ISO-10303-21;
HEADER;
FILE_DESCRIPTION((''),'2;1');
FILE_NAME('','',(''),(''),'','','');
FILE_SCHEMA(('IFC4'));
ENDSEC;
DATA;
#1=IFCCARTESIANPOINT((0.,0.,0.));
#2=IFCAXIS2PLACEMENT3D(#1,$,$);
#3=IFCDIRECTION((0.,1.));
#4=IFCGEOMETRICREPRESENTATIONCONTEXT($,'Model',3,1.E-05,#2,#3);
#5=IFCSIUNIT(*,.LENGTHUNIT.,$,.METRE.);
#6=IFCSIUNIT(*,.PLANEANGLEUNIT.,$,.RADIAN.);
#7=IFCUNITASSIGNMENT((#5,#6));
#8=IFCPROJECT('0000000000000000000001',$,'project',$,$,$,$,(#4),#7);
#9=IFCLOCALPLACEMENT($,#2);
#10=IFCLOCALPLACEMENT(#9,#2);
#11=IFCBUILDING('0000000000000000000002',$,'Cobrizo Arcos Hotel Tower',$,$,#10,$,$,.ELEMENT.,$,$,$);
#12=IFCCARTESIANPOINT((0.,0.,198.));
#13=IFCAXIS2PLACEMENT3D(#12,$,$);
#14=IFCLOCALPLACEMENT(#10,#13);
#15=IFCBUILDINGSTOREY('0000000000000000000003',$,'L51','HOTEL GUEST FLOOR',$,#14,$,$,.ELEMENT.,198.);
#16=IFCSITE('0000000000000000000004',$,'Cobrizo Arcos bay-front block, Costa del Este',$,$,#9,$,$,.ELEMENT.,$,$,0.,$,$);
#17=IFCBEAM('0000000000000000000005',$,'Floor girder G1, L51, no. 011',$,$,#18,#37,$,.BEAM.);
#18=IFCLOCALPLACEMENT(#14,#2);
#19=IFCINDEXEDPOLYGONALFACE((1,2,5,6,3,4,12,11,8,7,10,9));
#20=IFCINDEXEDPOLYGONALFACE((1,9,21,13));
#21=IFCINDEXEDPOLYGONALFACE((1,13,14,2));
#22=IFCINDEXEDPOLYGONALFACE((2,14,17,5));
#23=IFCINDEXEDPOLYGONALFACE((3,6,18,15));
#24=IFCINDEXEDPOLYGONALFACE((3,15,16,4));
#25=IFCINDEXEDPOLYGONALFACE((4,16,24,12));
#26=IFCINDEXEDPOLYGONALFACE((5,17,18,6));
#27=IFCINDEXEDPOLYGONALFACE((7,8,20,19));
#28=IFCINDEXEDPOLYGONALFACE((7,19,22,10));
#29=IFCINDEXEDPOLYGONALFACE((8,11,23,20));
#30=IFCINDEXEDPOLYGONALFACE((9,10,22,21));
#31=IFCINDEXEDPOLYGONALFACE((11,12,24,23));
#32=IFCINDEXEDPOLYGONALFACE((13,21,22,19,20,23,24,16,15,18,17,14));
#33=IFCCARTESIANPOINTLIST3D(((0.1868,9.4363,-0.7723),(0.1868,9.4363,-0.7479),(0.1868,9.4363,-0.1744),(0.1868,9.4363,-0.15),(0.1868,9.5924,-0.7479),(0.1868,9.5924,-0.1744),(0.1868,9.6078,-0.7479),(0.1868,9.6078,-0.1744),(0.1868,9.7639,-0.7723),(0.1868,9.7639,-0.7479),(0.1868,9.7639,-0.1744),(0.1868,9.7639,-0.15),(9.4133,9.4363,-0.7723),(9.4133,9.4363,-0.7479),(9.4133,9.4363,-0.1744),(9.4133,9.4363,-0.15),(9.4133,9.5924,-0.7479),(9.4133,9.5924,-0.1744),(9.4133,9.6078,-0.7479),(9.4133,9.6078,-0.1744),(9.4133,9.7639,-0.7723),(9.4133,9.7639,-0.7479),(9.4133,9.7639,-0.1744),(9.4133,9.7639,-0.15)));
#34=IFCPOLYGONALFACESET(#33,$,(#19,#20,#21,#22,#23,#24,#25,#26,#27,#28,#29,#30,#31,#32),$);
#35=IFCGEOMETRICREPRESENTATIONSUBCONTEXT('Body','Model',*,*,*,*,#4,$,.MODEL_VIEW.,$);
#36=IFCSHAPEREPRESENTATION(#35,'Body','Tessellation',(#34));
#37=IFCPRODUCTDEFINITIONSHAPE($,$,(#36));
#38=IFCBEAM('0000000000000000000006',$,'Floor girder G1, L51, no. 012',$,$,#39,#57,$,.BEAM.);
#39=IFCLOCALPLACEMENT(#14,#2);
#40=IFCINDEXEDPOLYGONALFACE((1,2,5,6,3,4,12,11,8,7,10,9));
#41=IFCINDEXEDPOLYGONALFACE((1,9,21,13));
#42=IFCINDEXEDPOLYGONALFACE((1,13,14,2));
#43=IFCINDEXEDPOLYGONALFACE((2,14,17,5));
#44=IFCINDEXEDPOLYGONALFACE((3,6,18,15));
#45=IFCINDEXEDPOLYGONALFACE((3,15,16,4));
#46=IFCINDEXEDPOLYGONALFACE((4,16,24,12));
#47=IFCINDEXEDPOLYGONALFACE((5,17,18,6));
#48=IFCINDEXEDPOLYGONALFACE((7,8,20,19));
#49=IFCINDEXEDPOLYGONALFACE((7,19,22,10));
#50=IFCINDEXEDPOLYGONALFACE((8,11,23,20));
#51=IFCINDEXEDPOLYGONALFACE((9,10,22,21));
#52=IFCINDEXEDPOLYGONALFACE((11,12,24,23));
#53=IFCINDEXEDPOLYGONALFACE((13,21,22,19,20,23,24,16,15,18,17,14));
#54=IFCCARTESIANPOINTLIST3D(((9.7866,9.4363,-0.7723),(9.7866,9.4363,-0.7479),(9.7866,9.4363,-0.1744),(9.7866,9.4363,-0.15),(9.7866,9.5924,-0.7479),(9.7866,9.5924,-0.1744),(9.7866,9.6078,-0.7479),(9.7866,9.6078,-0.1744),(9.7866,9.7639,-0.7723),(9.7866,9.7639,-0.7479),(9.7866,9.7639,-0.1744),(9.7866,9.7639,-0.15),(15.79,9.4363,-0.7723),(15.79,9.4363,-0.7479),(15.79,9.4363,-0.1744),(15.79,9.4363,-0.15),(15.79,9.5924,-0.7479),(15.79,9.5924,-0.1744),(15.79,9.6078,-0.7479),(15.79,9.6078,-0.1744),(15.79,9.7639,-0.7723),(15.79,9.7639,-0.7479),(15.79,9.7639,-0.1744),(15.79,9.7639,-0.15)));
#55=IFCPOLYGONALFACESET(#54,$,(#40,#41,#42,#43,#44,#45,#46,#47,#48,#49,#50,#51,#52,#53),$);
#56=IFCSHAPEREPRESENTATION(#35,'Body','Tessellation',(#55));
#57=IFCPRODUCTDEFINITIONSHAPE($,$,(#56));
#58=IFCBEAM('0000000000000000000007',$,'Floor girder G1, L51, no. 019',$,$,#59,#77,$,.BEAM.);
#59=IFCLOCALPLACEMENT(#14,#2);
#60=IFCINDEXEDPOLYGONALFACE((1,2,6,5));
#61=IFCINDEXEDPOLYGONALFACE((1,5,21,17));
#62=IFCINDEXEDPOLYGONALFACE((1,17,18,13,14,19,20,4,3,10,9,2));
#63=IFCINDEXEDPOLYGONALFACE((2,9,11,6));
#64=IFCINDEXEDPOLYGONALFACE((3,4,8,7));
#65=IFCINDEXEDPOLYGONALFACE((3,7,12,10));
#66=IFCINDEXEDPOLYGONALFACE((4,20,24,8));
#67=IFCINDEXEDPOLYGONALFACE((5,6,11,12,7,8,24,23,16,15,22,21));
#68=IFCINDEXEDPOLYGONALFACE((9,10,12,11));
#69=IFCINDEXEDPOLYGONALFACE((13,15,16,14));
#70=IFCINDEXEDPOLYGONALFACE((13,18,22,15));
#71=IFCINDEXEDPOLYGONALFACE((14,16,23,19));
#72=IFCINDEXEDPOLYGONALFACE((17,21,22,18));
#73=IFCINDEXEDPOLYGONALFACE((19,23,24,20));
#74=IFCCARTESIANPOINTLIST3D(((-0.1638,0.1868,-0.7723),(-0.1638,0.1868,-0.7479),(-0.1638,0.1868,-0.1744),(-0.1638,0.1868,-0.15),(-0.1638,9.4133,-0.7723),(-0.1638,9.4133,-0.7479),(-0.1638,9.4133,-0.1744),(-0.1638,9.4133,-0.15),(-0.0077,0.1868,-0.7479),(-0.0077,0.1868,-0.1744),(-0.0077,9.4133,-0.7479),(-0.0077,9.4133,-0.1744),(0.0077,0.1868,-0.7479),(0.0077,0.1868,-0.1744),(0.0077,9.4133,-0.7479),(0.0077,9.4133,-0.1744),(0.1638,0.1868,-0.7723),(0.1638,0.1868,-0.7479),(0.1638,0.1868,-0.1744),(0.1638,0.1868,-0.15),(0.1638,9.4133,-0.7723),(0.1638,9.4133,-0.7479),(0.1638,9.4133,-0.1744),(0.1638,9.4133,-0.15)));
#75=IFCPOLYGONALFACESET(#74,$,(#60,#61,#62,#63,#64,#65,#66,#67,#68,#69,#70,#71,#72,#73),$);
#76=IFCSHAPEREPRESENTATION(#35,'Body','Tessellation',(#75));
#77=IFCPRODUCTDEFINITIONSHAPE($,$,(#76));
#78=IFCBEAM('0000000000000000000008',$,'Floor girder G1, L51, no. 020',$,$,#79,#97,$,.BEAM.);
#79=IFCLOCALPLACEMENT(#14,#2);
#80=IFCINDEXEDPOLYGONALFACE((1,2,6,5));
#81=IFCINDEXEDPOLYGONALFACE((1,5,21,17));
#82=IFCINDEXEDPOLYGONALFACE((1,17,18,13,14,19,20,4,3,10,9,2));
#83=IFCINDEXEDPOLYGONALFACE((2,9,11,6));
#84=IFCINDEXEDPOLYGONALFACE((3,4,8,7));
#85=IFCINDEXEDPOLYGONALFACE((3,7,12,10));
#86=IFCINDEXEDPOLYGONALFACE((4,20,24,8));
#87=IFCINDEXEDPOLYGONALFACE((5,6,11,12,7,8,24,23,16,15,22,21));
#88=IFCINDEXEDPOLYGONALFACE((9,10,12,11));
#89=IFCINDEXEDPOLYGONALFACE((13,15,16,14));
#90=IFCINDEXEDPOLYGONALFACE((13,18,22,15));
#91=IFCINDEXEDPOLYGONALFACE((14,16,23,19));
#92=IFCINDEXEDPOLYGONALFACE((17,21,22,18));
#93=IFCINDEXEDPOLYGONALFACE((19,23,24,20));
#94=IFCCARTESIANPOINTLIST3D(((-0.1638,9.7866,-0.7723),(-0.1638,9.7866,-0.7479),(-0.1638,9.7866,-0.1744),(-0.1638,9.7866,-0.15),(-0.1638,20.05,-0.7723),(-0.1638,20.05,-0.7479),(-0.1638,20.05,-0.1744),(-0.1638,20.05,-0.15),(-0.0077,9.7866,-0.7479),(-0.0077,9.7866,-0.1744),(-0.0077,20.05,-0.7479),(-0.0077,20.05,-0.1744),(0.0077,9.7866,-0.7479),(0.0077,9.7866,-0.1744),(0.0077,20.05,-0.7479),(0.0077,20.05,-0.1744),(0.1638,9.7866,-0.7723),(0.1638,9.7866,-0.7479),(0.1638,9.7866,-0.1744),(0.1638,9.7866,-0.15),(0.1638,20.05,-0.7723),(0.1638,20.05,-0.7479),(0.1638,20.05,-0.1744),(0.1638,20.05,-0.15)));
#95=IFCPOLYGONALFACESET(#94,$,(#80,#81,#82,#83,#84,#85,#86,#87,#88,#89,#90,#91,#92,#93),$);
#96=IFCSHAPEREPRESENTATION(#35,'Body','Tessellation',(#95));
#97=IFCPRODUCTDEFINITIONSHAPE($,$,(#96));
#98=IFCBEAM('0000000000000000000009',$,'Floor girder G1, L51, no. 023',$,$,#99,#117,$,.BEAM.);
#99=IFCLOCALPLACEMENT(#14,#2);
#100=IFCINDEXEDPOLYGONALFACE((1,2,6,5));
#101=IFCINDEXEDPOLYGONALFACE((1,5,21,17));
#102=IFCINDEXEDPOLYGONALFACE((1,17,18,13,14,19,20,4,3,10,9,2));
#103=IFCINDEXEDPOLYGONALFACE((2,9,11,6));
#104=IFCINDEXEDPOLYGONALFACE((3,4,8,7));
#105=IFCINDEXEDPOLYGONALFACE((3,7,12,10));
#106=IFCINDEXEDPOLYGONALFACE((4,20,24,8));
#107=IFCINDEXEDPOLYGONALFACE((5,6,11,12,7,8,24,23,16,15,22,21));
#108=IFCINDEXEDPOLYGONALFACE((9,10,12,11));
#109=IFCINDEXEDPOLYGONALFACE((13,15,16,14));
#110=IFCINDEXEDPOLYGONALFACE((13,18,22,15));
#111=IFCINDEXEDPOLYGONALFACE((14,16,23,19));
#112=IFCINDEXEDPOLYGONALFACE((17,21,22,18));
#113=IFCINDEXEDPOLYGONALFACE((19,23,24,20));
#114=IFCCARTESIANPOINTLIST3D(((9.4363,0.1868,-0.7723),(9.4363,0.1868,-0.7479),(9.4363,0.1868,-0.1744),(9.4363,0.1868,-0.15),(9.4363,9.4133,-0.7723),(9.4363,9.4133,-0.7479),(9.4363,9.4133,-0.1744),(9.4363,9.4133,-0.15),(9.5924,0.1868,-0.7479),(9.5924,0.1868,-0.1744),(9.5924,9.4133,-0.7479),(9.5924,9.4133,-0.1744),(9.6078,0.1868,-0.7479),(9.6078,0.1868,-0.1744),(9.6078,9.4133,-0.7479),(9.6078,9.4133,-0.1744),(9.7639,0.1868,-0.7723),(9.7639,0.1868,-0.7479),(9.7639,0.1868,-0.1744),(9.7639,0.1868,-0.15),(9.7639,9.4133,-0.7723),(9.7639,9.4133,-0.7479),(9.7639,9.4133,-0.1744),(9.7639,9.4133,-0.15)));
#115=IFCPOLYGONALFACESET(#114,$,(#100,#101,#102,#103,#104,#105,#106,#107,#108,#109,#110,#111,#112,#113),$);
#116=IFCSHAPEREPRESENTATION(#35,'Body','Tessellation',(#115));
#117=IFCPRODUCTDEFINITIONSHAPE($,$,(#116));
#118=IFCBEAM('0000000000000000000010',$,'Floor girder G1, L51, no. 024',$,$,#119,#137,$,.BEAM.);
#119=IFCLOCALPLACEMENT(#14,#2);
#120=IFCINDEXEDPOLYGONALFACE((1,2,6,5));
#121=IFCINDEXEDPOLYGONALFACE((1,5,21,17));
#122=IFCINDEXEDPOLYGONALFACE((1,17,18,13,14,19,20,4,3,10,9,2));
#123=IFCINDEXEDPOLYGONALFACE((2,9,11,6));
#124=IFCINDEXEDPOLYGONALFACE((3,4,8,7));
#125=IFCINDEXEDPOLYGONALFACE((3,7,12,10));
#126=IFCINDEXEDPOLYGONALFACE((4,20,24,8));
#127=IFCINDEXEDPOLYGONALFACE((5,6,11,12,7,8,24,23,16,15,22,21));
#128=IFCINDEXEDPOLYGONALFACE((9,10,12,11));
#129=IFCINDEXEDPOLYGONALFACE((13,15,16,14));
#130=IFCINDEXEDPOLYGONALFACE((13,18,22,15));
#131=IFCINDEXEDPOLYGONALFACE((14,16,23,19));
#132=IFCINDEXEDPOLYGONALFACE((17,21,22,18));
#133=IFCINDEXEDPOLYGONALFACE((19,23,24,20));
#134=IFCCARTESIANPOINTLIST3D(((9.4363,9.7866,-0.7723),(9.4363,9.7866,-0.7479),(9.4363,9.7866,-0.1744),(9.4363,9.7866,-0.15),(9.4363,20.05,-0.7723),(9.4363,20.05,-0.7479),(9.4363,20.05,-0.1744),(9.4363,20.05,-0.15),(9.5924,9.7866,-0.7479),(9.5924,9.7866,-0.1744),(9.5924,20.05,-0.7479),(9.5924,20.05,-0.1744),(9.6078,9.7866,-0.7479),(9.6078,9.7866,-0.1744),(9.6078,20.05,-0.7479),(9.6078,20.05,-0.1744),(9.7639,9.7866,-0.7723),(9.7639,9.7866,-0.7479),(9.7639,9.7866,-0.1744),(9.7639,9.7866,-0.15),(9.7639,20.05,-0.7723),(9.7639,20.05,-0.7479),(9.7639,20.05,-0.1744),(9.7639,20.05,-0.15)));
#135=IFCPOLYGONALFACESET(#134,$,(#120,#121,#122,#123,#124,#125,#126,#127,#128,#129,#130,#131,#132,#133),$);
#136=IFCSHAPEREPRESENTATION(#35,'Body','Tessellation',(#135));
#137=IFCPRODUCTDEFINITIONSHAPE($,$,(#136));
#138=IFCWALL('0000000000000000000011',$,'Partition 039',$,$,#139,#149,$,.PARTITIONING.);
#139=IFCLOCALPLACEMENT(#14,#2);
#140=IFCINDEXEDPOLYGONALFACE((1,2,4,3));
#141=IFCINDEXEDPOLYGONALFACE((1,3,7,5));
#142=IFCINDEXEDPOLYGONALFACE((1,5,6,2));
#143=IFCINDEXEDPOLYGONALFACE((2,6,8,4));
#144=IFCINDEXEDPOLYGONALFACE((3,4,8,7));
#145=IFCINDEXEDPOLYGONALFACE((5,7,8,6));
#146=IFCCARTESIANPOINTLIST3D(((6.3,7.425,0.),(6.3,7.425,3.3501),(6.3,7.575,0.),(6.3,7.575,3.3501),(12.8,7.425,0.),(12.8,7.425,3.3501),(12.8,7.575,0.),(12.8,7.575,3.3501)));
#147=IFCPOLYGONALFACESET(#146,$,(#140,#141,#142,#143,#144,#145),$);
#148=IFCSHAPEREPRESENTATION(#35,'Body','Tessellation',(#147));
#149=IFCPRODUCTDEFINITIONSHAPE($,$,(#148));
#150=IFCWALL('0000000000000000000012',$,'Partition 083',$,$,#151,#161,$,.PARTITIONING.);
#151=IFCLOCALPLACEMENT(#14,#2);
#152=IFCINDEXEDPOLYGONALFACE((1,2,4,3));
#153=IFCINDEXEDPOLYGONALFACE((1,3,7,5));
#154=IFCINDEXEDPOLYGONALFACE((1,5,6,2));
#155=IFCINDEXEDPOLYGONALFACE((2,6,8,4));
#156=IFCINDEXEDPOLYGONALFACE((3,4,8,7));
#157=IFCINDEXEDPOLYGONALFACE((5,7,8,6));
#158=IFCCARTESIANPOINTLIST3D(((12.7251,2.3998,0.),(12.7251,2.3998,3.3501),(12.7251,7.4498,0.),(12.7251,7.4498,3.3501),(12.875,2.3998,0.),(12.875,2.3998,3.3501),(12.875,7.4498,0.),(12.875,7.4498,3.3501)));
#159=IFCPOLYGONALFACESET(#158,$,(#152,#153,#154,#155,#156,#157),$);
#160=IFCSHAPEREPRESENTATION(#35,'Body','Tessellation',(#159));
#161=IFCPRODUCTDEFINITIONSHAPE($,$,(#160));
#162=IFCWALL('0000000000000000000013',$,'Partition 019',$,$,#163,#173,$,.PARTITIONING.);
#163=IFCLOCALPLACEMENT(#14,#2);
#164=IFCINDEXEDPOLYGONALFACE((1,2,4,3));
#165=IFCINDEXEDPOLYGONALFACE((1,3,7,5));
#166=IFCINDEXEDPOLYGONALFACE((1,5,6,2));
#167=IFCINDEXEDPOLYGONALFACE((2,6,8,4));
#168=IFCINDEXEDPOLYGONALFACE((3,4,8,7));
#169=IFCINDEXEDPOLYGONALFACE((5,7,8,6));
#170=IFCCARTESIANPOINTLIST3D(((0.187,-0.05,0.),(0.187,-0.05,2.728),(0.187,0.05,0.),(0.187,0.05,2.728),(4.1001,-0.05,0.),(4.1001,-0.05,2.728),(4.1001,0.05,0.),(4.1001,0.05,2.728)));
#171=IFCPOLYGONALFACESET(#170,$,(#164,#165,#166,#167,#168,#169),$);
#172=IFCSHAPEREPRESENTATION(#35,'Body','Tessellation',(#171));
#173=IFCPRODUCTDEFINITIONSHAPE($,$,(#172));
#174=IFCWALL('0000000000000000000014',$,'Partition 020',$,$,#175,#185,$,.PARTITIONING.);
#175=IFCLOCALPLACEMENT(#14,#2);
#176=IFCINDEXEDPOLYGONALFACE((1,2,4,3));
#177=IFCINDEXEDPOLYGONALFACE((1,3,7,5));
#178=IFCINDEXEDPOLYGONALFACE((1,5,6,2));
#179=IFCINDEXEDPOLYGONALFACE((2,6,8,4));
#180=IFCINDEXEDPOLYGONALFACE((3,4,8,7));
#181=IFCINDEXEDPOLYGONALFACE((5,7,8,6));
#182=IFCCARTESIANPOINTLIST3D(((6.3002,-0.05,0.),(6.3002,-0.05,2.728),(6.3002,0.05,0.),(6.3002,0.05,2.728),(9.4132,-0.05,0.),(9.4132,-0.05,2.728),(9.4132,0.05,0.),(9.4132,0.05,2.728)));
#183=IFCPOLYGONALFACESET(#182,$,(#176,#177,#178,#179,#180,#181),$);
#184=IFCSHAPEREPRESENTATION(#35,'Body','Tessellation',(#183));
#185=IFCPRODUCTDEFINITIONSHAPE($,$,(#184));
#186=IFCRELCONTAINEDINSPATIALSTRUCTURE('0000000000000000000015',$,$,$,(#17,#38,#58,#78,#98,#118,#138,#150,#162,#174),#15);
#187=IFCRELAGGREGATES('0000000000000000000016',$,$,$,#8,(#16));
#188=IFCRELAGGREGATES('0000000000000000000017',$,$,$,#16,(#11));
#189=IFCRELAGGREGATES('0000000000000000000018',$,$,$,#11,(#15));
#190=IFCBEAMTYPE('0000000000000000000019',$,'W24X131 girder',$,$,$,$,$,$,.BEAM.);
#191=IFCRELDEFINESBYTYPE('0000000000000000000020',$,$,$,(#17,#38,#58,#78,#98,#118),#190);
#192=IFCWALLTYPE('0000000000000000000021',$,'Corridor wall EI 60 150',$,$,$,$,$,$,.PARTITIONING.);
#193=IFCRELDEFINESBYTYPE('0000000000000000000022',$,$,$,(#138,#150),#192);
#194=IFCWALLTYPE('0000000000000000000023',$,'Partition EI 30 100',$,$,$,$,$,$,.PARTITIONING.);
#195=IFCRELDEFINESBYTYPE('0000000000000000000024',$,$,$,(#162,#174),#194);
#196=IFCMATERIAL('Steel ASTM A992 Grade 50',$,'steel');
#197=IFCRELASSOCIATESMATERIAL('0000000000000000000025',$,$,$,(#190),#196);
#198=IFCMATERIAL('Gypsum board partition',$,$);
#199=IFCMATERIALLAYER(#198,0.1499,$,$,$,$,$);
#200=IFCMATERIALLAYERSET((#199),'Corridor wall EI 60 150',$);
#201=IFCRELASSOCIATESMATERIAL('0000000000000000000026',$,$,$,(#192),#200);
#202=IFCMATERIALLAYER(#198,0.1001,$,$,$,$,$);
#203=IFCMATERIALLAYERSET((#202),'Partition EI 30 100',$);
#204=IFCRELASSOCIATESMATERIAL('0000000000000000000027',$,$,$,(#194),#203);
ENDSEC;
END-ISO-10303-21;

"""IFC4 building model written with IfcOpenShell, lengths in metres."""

from ifc_helpers import new_model, si_unit, direction, frame, frame_2d, origin, origin_2d, place, context, subcontext, project, spatial, rectangle, i_section, extrude, material, layer, layer_set, material_profile, profile_set, type_object, element, save


model = new_model("IFC4")

# Units and contexts
model_context = context("Model", 3, precision=1e-05, world=origin(), true_north=direction((0.0, 1.0)))
body_context = subcontext(model_context, "Body", "Model", "MODEL_VIEW")
ifc_project = project(units=[si_unit("LENGTHUNIT", "METRE"), si_unit("PLANEANGLEUNIT", "RADIAN")], contexts=[model_context])

# Site, building, storey
site_placement = place(None, origin())
site = spatial("IfcSite", under=ifc_project, at=site_placement, Name="Cobrizo Arcos bay-front block, Costa del Este", CompositionType="ELEMENT", RefElevation=0.0)
building_placement = place(site_placement, origin())
building = spatial("IfcBuilding", under=site, at=building_placement, Name="Cobrizo Arcos Hotel Tower", CompositionType="ELEMENT")
storey_placement = place(building_placement, frame((0.0, 0.0, 198.0)))
storey = spatial("IfcBuildingStorey", under=building, at=storey_placement, Name="L51", Description="HOTEL GUEST FLOOR", CompositionType="ELEMENT", Elevation=198.0)

# Shared definitions
ifc_material_1 = material(Name="Steel ASTM A992 Grade 50", Category="steel")

# Beams
ifc_material_profile_1 = material_profile(ifc_material_1, i_section(OverallWidth=0.3276, OverallDepth=0.6223, WebThickness=0.0154, FlangeThickness=0.0244, at=origin_2d()), Name="W24X131")
ifc_profile_set_1 = profile_set([ifc_material_profile_1], Name="Steel ASTM A992 Grade 50")
beam_type_1 = type_object("IfcBeamType", Name="W24X131 girder", PredefinedType="BEAM", material=ifc_profile_set_1)
beam_1_placement = place(storey_placement, frame((0.1868, 9.6001, -0.4612), z_axis=(1.0, 0.0, 0.0), x_axis=(0.0, 1.0, 0.0)))
element("IfcBeam", 1, at=beam_1_placement, inside=storey, type_object=beam_type_1, Name="Floor girder G1, L51, no. 011", PredefinedType="BEAM", context=body_context, shape_type="SweptSolid", body=[
    extrude(i_section(OverallWidth=0.3276, OverallDepth=0.6223, WebThickness=0.0154, FlangeThickness=0.0244, at=origin_2d()), origin(), (0.0, 0.0, 1.0), 9.2266),
])
beam_2_placement = place(storey_placement, frame((9.7866, 9.6001, -0.4612), z_axis=(1.0, 0.0, 0.0), x_axis=(0.0, 1.0, 0.0)))
element("IfcBeam", 2, at=beam_2_placement, inside=storey, type_object=beam_type_1, Name="Floor girder G1, L51, no. 012", PredefinedType="BEAM", context=body_context, shape_type="SweptSolid", body=[
    extrude(i_section(OverallWidth=0.3276, OverallDepth=0.6223, WebThickness=0.0154, FlangeThickness=0.0244, at=origin_2d()), origin(), (0.0, 0.0, 1.0), 6.0034),
])
beam_3_placement = place(storey_placement, frame((0.0, 0.1868, -0.4612), z_axis=(0.0, 1.0, 0.0), x_axis=(-1.0, 0.0, 0.0)))
element("IfcBeam", 3, at=beam_3_placement, inside=storey, type_object=beam_type_1, Name="Floor girder G1, L51, no. 019", PredefinedType="BEAM", context=body_context, shape_type="SweptSolid", body=[
    extrude(i_section(OverallWidth=0.3276, OverallDepth=0.6223, WebThickness=0.0154, FlangeThickness=0.0244, at=origin_2d()), origin(), (0.0, 0.0, 1.0), 9.2266),
])
beam_4_placement = place(storey_placement, frame((0.0, 9.7866, -0.4612), z_axis=(0.0, 1.0, 0.0), x_axis=(-1.0, 0.0, 0.0)))
element("IfcBeam", 4, at=beam_4_placement, inside=storey, type_object=beam_type_1, Name="Floor girder G1, L51, no. 020", PredefinedType="BEAM", context=body_context, shape_type="SweptSolid", body=[
    extrude(i_section(OverallWidth=0.3276, OverallDepth=0.6223, WebThickness=0.0154, FlangeThickness=0.0244, at=origin_2d()), origin(), (0.0, 0.0, 1.0), 10.2634),
])
beam_5_placement = place(storey_placement, frame((9.6001, 0.1868, -0.4612), z_axis=(0.0, 1.0, 0.0), x_axis=(-1.0, 0.0, 0.0)))
element("IfcBeam", 5, at=beam_5_placement, inside=storey, type_object=beam_type_1, Name="Floor girder G1, L51, no. 023", PredefinedType="BEAM", context=body_context, shape_type="SweptSolid", body=[
    extrude(i_section(OverallWidth=0.3276, OverallDepth=0.6223, WebThickness=0.0154, FlangeThickness=0.0244, at=origin_2d()), origin(), (0.0, 0.0, 1.0), 9.2266),
])
beam_6_placement = place(storey_placement, frame((9.6001, 9.7866, -0.4612), z_axis=(0.0, 1.0, 0.0), x_axis=(-1.0, 0.0, 0.0)))
element("IfcBeam", 6, at=beam_6_placement, inside=storey, type_object=beam_type_1, Name="Floor girder G1, L51, no. 024", PredefinedType="BEAM", context=body_context, shape_type="SweptSolid", body=[
    extrude(i_section(OverallWidth=0.3276, OverallDepth=0.6223, WebThickness=0.0154, FlangeThickness=0.0244, at=origin_2d()), origin(), (0.0, 0.0, 1.0), 10.2634),
])

# Walls
ifc_material_2 = material(Name="Gypsum board partition")
ifc_layer_1 = layer(ifc_material_2, 0.1499)
ifc_layer_set_1 = layer_set([ifc_layer_1], Name="Corridor wall EI 60 150")
wall_type_1 = type_object("IfcWallType", Name="Corridor wall EI 60 150", PredefinedType="PARTITIONING", material=ifc_layer_set_1)
wall_1_placement = place(storey_placement, frame((6.3, 7.5, 0.0), z_axis=(0.0, 0.0, 1.0), x_axis=(1.0, 0.0, 0.0)))
element("IfcWall", 7, at=wall_1_placement, inside=storey, type_object=wall_type_1, Name="Partition 039", PredefinedType="PARTITIONING", context=body_context, shape_type="SweptSolid", body=[
    extrude(rectangle(XDim=6.5, YDim=0.1499, at=frame_2d((3.25, 0.0))), origin(), (0.0, 0.0, 1.0), 3.3501),
])
wall_2_placement = place(storey_placement, frame((12.8, 2.3999, 0.0), z_axis=(0.0, 0.0, 1.0), x_axis=(0.0, 1.0, 0.0)))
element("IfcWall", 8, at=wall_2_placement, inside=storey, type_object=wall_type_1, Name="Partition 083", PredefinedType="PARTITIONING", context=body_context, shape_type="SweptSolid", body=[
    extrude(rectangle(XDim=5.05, YDim=0.1499, at=frame_2d((2.5249, 0.0))), origin(), (0.0, 0.0, 1.0), 3.3501),
])
ifc_layer_2 = layer(ifc_material_2, 0.1001)
ifc_layer_set_2 = layer_set([ifc_layer_2], Name="Partition EI 30 100")
wall_type_2 = type_object("IfcWallType", Name="Partition EI 30 100", PredefinedType="PARTITIONING", material=ifc_layer_set_2)
wall_3_placement = place(storey_placement, frame((0.187, 0.0, 0.0), z_axis=(0.0, 0.0, 1.0), x_axis=(1.0, 0.0, 0.0)))
element("IfcWall", 9, at=wall_3_placement, inside=storey, type_object=wall_type_2, Name="Partition 019", PredefinedType="PARTITIONING", context=body_context, shape_type="SweptSolid", body=[
    extrude(rectangle(XDim=3.9131, YDim=0.1001, at=frame_2d((1.9565, 0.0))), origin(), (0.0, 0.0, 1.0), 2.728),
])
wall_4_placement = place(storey_placement, frame((6.3, 0.0, 0.0), z_axis=(0.0, 0.0, 1.0), x_axis=(1.0, 0.0, 0.0)))
element("IfcWall", 10, at=wall_4_placement, inside=storey, type_object=wall_type_2, Name="Partition 020", PredefinedType="PARTITIONING", context=body_context, shape_type="SweptSolid", body=[
    extrude(rectangle(XDim=3.113, YDim=0.1001, at=frame_2d((1.5566, 0.0))), origin(), (0.0, 0.0, 1.0), 2.728),
])

save(model, "model.ifc")
